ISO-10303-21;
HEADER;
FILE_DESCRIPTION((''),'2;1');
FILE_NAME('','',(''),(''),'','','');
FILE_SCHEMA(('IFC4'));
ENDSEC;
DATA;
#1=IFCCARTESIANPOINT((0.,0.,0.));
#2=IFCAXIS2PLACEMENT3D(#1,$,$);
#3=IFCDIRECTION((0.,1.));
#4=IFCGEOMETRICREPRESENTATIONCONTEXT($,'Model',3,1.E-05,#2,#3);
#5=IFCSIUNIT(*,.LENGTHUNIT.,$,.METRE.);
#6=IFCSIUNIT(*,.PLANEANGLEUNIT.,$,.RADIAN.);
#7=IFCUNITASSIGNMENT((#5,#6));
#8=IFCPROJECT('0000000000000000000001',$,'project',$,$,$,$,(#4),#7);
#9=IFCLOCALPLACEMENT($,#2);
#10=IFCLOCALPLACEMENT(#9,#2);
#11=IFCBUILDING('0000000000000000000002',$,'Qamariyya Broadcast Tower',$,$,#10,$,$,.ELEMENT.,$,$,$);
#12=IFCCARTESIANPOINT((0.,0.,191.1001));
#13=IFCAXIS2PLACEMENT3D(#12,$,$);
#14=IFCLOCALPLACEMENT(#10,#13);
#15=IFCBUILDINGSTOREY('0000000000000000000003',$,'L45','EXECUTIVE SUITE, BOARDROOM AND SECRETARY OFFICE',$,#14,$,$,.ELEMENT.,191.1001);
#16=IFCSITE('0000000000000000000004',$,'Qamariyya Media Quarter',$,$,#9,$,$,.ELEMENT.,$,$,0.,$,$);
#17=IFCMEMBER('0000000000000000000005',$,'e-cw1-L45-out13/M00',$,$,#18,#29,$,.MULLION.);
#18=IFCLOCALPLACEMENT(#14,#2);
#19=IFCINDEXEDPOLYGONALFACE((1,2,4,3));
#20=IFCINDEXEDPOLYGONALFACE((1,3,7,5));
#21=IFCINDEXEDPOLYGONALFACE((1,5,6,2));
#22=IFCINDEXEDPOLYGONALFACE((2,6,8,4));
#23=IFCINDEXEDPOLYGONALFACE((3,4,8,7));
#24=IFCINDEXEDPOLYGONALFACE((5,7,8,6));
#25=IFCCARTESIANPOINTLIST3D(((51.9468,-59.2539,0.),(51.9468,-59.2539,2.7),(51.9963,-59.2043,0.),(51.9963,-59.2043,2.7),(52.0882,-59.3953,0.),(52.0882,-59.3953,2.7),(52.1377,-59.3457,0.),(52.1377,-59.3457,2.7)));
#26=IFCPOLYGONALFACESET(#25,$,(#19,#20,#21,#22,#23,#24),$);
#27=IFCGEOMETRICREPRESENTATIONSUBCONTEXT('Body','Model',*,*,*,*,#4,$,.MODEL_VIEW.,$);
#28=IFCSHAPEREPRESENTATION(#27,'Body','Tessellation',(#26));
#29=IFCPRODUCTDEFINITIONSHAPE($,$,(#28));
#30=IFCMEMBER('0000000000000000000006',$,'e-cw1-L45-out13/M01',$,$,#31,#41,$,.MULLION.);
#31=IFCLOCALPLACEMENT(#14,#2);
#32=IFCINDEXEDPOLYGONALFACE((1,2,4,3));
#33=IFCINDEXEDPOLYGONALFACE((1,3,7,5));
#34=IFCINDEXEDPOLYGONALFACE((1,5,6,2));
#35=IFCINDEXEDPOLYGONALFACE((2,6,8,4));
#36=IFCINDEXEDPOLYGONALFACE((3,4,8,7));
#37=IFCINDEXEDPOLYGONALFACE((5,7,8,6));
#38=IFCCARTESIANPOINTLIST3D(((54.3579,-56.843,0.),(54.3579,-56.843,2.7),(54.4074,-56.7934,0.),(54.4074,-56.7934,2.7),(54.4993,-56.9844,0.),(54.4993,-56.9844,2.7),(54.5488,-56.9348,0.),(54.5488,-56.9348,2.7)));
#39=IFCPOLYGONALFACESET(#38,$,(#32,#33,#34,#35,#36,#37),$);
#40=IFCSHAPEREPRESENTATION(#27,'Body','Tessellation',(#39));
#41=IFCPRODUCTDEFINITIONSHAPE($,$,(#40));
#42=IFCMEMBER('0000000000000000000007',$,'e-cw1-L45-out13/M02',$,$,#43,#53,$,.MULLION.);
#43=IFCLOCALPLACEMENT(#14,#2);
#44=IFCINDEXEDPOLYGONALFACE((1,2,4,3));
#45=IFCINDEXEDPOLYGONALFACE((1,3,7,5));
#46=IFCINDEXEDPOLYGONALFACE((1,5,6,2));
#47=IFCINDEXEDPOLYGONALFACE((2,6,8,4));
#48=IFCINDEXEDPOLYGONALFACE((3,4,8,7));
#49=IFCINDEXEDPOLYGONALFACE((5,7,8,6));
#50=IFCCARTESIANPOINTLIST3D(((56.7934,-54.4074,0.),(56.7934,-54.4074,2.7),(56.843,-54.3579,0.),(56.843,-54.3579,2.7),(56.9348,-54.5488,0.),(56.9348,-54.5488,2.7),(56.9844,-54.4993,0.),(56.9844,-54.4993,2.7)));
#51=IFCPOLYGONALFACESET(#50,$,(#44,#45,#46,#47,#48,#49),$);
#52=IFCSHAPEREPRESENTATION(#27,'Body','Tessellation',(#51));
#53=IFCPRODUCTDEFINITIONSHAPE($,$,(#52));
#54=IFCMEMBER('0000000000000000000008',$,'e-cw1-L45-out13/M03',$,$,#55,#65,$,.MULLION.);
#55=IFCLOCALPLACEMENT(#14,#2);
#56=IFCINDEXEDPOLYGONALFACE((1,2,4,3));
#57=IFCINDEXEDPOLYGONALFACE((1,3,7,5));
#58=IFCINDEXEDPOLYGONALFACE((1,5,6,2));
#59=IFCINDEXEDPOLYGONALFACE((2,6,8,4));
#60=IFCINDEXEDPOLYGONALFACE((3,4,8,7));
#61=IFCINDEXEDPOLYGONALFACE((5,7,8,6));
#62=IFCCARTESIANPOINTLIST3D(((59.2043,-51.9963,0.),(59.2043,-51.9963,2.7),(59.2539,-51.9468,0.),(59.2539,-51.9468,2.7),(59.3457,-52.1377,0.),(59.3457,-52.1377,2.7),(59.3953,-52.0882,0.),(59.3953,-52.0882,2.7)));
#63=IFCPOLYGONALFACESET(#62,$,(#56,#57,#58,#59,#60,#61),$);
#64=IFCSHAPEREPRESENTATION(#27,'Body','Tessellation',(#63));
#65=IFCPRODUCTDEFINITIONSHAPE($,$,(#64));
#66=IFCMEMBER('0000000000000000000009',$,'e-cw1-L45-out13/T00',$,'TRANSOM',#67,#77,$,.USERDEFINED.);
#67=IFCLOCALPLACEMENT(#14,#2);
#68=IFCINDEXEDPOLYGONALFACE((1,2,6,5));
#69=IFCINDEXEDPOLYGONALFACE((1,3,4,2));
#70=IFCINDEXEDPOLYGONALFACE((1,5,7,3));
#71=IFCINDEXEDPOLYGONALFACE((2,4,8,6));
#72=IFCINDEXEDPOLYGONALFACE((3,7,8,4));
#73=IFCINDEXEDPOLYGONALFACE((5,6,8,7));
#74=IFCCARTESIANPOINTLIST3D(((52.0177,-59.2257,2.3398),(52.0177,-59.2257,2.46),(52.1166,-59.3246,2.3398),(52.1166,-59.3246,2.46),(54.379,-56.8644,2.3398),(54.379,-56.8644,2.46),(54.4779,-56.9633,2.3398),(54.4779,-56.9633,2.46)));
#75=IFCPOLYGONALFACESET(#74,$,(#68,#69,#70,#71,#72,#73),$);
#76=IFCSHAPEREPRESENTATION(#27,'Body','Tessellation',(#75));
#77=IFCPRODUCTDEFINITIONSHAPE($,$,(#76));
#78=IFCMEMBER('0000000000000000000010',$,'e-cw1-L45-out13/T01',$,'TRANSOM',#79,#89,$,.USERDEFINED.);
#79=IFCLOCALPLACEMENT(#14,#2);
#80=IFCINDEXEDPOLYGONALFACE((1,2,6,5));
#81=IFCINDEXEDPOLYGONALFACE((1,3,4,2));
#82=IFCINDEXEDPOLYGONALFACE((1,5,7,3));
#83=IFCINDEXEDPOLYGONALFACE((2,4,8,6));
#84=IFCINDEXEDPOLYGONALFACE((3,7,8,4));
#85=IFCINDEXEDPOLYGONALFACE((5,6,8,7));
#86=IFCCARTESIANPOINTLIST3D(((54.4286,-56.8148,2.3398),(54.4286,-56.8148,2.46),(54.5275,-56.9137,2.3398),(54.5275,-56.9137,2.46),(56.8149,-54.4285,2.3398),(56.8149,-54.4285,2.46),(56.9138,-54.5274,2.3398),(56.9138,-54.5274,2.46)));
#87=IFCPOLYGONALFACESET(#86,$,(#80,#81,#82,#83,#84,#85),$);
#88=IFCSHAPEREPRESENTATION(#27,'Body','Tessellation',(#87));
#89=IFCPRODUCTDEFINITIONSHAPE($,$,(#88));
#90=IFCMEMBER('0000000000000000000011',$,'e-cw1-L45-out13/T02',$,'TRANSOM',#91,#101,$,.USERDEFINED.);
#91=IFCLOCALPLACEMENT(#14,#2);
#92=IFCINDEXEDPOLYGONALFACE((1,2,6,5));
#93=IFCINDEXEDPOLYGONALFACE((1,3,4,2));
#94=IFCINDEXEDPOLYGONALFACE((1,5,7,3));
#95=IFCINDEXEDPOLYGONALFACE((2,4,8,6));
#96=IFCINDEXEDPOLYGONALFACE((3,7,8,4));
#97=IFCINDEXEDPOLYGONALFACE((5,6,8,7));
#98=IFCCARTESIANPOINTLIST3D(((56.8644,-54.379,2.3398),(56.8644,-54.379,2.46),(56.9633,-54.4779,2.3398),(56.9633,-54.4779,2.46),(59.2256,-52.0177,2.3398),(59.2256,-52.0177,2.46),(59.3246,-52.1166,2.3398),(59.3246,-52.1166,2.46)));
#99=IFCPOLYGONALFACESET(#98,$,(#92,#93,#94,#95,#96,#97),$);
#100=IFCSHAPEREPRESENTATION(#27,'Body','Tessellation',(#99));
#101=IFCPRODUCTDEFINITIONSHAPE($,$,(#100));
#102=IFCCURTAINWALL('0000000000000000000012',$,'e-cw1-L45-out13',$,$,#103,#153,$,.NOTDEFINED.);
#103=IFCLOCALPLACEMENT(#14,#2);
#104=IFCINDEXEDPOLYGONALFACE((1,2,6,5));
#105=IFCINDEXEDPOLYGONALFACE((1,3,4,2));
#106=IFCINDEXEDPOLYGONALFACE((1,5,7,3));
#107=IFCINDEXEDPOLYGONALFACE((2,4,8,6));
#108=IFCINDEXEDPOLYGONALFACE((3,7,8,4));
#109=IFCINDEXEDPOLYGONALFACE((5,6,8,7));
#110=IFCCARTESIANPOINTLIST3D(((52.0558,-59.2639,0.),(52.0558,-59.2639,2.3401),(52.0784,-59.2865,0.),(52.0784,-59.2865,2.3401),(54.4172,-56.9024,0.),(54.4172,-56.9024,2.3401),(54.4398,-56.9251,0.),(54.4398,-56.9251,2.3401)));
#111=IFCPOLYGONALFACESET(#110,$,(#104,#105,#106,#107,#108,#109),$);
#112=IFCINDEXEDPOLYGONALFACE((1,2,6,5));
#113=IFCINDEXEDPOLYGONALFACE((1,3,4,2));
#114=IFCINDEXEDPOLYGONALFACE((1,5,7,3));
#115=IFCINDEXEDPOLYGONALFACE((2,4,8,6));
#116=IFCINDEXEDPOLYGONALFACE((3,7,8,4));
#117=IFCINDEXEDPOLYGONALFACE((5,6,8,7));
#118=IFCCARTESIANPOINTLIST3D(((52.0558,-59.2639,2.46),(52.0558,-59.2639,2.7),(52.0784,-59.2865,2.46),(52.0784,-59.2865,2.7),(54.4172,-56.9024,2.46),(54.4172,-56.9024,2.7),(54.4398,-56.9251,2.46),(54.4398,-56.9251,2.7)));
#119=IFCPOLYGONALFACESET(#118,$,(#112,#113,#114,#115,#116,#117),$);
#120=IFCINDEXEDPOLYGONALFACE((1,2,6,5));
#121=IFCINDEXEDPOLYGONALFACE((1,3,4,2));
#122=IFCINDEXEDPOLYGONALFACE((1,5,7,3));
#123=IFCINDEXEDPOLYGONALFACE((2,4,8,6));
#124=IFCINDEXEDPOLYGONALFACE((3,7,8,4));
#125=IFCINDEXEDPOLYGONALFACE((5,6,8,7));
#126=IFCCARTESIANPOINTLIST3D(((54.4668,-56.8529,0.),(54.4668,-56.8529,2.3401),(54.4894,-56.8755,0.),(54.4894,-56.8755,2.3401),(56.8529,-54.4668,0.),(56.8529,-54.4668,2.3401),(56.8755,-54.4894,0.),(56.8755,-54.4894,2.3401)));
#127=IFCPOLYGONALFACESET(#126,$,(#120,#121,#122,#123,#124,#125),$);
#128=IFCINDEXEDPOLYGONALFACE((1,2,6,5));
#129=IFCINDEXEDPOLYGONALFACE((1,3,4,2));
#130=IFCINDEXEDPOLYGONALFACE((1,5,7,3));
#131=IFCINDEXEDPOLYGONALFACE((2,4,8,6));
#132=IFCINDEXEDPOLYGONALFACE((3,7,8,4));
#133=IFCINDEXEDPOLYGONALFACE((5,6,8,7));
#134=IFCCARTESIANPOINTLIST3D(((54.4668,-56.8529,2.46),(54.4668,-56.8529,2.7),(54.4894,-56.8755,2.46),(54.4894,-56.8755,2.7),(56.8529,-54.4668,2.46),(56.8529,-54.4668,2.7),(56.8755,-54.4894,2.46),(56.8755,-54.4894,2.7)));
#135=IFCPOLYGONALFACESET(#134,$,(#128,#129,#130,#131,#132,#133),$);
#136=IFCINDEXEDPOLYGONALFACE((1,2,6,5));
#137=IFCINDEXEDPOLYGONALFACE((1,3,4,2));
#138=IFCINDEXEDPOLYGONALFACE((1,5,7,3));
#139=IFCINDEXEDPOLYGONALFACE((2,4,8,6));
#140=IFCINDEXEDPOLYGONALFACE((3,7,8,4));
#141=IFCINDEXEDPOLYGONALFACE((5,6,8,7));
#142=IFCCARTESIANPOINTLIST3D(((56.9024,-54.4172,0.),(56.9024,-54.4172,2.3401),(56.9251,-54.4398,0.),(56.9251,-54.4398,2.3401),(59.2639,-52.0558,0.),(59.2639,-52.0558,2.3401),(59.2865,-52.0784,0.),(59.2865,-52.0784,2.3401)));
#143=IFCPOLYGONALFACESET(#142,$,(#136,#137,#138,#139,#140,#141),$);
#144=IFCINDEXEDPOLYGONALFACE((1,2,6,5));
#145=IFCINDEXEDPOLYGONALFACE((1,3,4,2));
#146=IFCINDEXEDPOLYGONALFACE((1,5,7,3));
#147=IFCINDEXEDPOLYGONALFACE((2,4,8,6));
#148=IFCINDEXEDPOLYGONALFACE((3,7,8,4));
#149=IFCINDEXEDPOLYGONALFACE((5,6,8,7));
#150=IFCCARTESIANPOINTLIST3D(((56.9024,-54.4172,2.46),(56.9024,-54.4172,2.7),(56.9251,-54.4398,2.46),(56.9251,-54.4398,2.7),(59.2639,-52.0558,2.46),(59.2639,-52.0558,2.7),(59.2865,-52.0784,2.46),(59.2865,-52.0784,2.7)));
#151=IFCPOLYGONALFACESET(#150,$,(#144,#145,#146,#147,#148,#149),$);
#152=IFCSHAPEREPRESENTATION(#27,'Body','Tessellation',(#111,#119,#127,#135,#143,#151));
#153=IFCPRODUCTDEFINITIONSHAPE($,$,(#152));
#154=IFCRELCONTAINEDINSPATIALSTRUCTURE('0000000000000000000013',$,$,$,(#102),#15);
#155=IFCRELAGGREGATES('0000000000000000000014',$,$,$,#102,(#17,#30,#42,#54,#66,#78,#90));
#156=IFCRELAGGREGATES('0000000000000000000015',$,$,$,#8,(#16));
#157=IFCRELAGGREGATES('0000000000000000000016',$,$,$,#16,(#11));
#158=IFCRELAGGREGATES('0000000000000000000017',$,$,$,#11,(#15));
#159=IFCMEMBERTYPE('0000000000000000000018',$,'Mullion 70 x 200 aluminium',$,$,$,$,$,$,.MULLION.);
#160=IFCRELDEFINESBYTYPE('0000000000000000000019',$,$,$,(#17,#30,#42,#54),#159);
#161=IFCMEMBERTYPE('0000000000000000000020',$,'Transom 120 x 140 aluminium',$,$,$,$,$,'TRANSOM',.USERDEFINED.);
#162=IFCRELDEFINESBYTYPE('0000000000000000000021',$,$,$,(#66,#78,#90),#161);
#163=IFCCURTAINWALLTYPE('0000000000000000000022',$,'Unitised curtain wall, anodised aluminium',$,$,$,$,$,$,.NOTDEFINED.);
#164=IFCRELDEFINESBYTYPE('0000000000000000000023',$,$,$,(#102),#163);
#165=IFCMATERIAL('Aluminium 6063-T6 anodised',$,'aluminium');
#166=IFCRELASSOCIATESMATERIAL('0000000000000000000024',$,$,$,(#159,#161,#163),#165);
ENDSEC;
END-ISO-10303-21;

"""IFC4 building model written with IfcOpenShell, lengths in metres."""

from ifc_helpers import new_model, si_unit, direction, frame, origin, origin_2d, place, context, subcontext, project, spatial, rectangle, extrude, material, material_profile, profile_set, type_object, element, aggregate, save


model = new_model("IFC4")

# Units and contexts
model_context = context("Model", 3, precision=1e-05, world=origin(), true_north=direction((0.0, 1.0)))
body_context = subcontext(model_context, "Body", "Model", "MODEL_VIEW")
ifc_project = project(units=[si_unit("LENGTHUNIT", "METRE"), si_unit("PLANEANGLEUNIT", "RADIAN")], contexts=[model_context])

# Members
ifc_material_1 = material(Name="Aluminium 6063-T6 anodised", Category="aluminium")
ifc_material_profile_1 = material_profile(ifc_material_1, rectangle(XDim=0.2, YDim=0.0701, at=origin_2d()))
ifc_profile_set_1 = profile_set([ifc_material_profile_1], Name="Aluminium 6063-T6 anodised")
member_type_1 = type_object("IfcMemberType", Name="Mullion 70 x 200 aluminium", PredefinedType="MULLION", material=ifc_profile_set_1)
site_placement = place(None, origin())
building_placement = place(site_placement, origin())
storey_placement = place(building_placement, frame((0.0, 0.0, 191.1001)))
member_1_placement = place(storey_placement, frame((52.0422, -59.2998, 0.0), z_axis=(0.0, 0.0, 1.0), x_axis=(-0.707107, 0.707107, 0.0)))
member_1 = element("IfcMember", 1, at=member_1_placement, type_object=member_type_1, Name="e-cw1-L45-out13/M00", PredefinedType="MULLION", context=body_context, shape_type="SweptSolid", body=[
    extrude(rectangle(XDim=0.2, YDim=0.0701, at=origin_2d()), origin(), (0.0, 0.0, 1.0), 2.7),
])
member_2_placement = place(storey_placement, frame((54.4534, -56.8889, 0.0), z_axis=(0.0, 0.0, 1.0), x_axis=(-0.707107, 0.707107, 0.0)))
member_2 = element("IfcMember", 2, at=member_2_placement, type_object=member_type_1, Name="e-cw1-L45-out13/M01", PredefinedType="MULLION", context=body_context, shape_type="SweptSolid", body=[
    extrude(rectangle(XDim=0.2, YDim=0.0701, at=origin_2d()), origin(), (0.0, 0.0, 1.0), 2.7),
])
member_3_placement = place(storey_placement, frame((56.8889, -54.4534, 0.0), z_axis=(0.0, 0.0, 1.0), x_axis=(-0.707107, 0.707107, 0.0)))
member_3 = element("IfcMember", 3, at=member_3_placement, type_object=member_type_1, Name="e-cw1-L45-out13/M02", PredefinedType="MULLION", context=body_context, shape_type="SweptSolid", body=[
    extrude(rectangle(XDim=0.2, YDim=0.0701, at=origin_2d()), origin(), (0.0, 0.0, 1.0), 2.7),
])
member_4_placement = place(storey_placement, frame((59.2998, -52.0422, 0.0), z_axis=(0.0, 0.0, 1.0), x_axis=(-0.707107, 0.707107, 0.0)))
member_4 = element("IfcMember", 4, at=member_4_placement, type_object=member_type_1, Name="e-cw1-L45-out13/M03", PredefinedType="MULLION", context=body_context, shape_type="SweptSolid", body=[
    extrude(rectangle(XDim=0.2, YDim=0.0701, at=origin_2d()), origin(), (0.0, 0.0, 1.0), 2.7),
])
ifc_material_profile_2 = material_profile(ifc_material_1, rectangle(XDim=0.1399, YDim=0.1201, at=origin_2d()))
ifc_profile_set_2 = profile_set([ifc_material_profile_2], Name="Aluminium 6063-T6 anodised")
member_type_2 = type_object("IfcMemberType", Name="Transom 120 x 140 aluminium", ElementType="TRANSOM", PredefinedType="USERDEFINED", material=ifc_profile_set_2)
member_5_placement = place(storey_placement, frame((52.0671, -59.2751, 2.3999), z_axis=(0.707107, 0.707107, 0.0), x_axis=(-0.707107, 0.707107, 0.0)))
member_5 = element("IfcMember", 5, at=member_5_placement, type_object=member_type_2, Name="e-cw1-L45-out13/T00", ObjectType="TRANSOM", PredefinedType="USERDEFINED", context=body_context, shape_type="SweptSolid", body=[
    extrude(rectangle(XDim=0.1399, YDim=0.1201, at=origin_2d()), origin(), (0.0, 0.0, 1.0), 3.3394),
])
member_6_placement = place(storey_placement, frame((54.478, -56.8643, 2.3999), z_axis=(0.707107, 0.707107, 0.0), x_axis=(-0.707107, 0.707107, 0.0)))
member_6 = element("IfcMember", 6, at=member_6_placement, type_object=member_type_2, Name="e-cw1-L45-out13/T01", ObjectType="TRANSOM", PredefinedType="USERDEFINED", context=body_context, shape_type="SweptSolid", body=[
    extrude(rectangle(XDim=0.1399, YDim=0.1201, at=origin_2d()), origin(), (0.0, 0.0, 1.0), 3.3748),
])
member_7_placement = place(storey_placement, frame((56.9138, -54.4285, 2.3999), z_axis=(0.707107, 0.707107, 0.0), x_axis=(-0.707107, 0.707107, 0.0)))
member_7 = element("IfcMember", 7, at=member_7_placement, type_object=member_type_2, Name="e-cw1-L45-out13/T02", ObjectType="TRANSOM", PredefinedType="USERDEFINED", context=body_context, shape_type="SweptSolid", body=[
    extrude(rectangle(XDim=0.1399, YDim=0.1201, at=origin_2d()), origin(), (0.0, 0.0, 1.0), 3.3394),
])

# Site, building, storey
site = spatial("IfcSite", under=ifc_project, at=site_placement, Name="Qamariyya Media Quarter", CompositionType="ELEMENT", RefElevation=0.0)
building = spatial("IfcBuilding", under=site, at=building_placement, Name="Qamariyya Broadcast Tower", CompositionType="ELEMENT")
storey = spatial("IfcBuildingStorey", under=building, at=storey_placement, Name="L45", Description="EXECUTIVE SUITE, BOARDROOM AND SECRETARY OFFICE", CompositionType="ELEMENT", Elevation=191.1001)

# Curtain wall
curtain_wall_type = type_object("IfcCurtainWallType", Name="Unitised curtain wall, anodised aluminium", PredefinedType="NOTDEFINED", material=ifc_material_1)
curtain_wall_1_placement = place(storey_placement, origin())
curtain_wall_1 = element("IfcCurtainWall", 8, at=curtain_wall_1_placement, inside=storey, type_object=curtain_wall_type, Name="e-cw1-L45-out13", PredefinedType="NOTDEFINED", context=body_context, shape_type="SweptSolid", body=[
    extrude(rectangle(XDim=3.3396, YDim=0.032, at=origin_2d()), frame((53.2478, -58.0945, 0.0), x_axis=(0.707107, 0.707107, 0.0)), (0.0, 0.0, 1.0), 2.3401),
    extrude(rectangle(XDim=3.3396, YDim=0.032, at=origin_2d()), frame((53.2478, -58.0945, 2.46), x_axis=(0.707107, 0.707107, 0.0)), (0.0, 0.0, 1.0), 0.24),
    extrude(rectangle(XDim=3.3745, YDim=0.032, at=origin_2d()), frame((55.6711, -55.6711, 0.0), x_axis=(0.707107, 0.707107, 0.0)), (0.0, 0.0, 1.0), 2.3401),
    extrude(rectangle(XDim=3.3745, YDim=0.032, at=origin_2d()), frame((55.6711, -55.6711, 2.46), x_axis=(0.707107, 0.707107, 0.0)), (0.0, 0.0, 1.0), 0.24),
    extrude(rectangle(XDim=3.3396, YDim=0.032, at=origin_2d()), frame((58.0945, -53.2478, 0.0), x_axis=(0.707107, 0.707107, 0.0)), (0.0, 0.0, 1.0), 2.3401),
    extrude(rectangle(XDim=3.3396, YDim=0.032, at=origin_2d()), frame((58.0945, -53.2478, 2.46), x_axis=(0.707107, 0.707107, 0.0)), (0.0, 0.0, 1.0), 0.24),
])
aggregate(curtain_wall_1, [member_1, member_2, member_3, member_4, member_5, member_6, member_7])

save(model, "model.ifc")
